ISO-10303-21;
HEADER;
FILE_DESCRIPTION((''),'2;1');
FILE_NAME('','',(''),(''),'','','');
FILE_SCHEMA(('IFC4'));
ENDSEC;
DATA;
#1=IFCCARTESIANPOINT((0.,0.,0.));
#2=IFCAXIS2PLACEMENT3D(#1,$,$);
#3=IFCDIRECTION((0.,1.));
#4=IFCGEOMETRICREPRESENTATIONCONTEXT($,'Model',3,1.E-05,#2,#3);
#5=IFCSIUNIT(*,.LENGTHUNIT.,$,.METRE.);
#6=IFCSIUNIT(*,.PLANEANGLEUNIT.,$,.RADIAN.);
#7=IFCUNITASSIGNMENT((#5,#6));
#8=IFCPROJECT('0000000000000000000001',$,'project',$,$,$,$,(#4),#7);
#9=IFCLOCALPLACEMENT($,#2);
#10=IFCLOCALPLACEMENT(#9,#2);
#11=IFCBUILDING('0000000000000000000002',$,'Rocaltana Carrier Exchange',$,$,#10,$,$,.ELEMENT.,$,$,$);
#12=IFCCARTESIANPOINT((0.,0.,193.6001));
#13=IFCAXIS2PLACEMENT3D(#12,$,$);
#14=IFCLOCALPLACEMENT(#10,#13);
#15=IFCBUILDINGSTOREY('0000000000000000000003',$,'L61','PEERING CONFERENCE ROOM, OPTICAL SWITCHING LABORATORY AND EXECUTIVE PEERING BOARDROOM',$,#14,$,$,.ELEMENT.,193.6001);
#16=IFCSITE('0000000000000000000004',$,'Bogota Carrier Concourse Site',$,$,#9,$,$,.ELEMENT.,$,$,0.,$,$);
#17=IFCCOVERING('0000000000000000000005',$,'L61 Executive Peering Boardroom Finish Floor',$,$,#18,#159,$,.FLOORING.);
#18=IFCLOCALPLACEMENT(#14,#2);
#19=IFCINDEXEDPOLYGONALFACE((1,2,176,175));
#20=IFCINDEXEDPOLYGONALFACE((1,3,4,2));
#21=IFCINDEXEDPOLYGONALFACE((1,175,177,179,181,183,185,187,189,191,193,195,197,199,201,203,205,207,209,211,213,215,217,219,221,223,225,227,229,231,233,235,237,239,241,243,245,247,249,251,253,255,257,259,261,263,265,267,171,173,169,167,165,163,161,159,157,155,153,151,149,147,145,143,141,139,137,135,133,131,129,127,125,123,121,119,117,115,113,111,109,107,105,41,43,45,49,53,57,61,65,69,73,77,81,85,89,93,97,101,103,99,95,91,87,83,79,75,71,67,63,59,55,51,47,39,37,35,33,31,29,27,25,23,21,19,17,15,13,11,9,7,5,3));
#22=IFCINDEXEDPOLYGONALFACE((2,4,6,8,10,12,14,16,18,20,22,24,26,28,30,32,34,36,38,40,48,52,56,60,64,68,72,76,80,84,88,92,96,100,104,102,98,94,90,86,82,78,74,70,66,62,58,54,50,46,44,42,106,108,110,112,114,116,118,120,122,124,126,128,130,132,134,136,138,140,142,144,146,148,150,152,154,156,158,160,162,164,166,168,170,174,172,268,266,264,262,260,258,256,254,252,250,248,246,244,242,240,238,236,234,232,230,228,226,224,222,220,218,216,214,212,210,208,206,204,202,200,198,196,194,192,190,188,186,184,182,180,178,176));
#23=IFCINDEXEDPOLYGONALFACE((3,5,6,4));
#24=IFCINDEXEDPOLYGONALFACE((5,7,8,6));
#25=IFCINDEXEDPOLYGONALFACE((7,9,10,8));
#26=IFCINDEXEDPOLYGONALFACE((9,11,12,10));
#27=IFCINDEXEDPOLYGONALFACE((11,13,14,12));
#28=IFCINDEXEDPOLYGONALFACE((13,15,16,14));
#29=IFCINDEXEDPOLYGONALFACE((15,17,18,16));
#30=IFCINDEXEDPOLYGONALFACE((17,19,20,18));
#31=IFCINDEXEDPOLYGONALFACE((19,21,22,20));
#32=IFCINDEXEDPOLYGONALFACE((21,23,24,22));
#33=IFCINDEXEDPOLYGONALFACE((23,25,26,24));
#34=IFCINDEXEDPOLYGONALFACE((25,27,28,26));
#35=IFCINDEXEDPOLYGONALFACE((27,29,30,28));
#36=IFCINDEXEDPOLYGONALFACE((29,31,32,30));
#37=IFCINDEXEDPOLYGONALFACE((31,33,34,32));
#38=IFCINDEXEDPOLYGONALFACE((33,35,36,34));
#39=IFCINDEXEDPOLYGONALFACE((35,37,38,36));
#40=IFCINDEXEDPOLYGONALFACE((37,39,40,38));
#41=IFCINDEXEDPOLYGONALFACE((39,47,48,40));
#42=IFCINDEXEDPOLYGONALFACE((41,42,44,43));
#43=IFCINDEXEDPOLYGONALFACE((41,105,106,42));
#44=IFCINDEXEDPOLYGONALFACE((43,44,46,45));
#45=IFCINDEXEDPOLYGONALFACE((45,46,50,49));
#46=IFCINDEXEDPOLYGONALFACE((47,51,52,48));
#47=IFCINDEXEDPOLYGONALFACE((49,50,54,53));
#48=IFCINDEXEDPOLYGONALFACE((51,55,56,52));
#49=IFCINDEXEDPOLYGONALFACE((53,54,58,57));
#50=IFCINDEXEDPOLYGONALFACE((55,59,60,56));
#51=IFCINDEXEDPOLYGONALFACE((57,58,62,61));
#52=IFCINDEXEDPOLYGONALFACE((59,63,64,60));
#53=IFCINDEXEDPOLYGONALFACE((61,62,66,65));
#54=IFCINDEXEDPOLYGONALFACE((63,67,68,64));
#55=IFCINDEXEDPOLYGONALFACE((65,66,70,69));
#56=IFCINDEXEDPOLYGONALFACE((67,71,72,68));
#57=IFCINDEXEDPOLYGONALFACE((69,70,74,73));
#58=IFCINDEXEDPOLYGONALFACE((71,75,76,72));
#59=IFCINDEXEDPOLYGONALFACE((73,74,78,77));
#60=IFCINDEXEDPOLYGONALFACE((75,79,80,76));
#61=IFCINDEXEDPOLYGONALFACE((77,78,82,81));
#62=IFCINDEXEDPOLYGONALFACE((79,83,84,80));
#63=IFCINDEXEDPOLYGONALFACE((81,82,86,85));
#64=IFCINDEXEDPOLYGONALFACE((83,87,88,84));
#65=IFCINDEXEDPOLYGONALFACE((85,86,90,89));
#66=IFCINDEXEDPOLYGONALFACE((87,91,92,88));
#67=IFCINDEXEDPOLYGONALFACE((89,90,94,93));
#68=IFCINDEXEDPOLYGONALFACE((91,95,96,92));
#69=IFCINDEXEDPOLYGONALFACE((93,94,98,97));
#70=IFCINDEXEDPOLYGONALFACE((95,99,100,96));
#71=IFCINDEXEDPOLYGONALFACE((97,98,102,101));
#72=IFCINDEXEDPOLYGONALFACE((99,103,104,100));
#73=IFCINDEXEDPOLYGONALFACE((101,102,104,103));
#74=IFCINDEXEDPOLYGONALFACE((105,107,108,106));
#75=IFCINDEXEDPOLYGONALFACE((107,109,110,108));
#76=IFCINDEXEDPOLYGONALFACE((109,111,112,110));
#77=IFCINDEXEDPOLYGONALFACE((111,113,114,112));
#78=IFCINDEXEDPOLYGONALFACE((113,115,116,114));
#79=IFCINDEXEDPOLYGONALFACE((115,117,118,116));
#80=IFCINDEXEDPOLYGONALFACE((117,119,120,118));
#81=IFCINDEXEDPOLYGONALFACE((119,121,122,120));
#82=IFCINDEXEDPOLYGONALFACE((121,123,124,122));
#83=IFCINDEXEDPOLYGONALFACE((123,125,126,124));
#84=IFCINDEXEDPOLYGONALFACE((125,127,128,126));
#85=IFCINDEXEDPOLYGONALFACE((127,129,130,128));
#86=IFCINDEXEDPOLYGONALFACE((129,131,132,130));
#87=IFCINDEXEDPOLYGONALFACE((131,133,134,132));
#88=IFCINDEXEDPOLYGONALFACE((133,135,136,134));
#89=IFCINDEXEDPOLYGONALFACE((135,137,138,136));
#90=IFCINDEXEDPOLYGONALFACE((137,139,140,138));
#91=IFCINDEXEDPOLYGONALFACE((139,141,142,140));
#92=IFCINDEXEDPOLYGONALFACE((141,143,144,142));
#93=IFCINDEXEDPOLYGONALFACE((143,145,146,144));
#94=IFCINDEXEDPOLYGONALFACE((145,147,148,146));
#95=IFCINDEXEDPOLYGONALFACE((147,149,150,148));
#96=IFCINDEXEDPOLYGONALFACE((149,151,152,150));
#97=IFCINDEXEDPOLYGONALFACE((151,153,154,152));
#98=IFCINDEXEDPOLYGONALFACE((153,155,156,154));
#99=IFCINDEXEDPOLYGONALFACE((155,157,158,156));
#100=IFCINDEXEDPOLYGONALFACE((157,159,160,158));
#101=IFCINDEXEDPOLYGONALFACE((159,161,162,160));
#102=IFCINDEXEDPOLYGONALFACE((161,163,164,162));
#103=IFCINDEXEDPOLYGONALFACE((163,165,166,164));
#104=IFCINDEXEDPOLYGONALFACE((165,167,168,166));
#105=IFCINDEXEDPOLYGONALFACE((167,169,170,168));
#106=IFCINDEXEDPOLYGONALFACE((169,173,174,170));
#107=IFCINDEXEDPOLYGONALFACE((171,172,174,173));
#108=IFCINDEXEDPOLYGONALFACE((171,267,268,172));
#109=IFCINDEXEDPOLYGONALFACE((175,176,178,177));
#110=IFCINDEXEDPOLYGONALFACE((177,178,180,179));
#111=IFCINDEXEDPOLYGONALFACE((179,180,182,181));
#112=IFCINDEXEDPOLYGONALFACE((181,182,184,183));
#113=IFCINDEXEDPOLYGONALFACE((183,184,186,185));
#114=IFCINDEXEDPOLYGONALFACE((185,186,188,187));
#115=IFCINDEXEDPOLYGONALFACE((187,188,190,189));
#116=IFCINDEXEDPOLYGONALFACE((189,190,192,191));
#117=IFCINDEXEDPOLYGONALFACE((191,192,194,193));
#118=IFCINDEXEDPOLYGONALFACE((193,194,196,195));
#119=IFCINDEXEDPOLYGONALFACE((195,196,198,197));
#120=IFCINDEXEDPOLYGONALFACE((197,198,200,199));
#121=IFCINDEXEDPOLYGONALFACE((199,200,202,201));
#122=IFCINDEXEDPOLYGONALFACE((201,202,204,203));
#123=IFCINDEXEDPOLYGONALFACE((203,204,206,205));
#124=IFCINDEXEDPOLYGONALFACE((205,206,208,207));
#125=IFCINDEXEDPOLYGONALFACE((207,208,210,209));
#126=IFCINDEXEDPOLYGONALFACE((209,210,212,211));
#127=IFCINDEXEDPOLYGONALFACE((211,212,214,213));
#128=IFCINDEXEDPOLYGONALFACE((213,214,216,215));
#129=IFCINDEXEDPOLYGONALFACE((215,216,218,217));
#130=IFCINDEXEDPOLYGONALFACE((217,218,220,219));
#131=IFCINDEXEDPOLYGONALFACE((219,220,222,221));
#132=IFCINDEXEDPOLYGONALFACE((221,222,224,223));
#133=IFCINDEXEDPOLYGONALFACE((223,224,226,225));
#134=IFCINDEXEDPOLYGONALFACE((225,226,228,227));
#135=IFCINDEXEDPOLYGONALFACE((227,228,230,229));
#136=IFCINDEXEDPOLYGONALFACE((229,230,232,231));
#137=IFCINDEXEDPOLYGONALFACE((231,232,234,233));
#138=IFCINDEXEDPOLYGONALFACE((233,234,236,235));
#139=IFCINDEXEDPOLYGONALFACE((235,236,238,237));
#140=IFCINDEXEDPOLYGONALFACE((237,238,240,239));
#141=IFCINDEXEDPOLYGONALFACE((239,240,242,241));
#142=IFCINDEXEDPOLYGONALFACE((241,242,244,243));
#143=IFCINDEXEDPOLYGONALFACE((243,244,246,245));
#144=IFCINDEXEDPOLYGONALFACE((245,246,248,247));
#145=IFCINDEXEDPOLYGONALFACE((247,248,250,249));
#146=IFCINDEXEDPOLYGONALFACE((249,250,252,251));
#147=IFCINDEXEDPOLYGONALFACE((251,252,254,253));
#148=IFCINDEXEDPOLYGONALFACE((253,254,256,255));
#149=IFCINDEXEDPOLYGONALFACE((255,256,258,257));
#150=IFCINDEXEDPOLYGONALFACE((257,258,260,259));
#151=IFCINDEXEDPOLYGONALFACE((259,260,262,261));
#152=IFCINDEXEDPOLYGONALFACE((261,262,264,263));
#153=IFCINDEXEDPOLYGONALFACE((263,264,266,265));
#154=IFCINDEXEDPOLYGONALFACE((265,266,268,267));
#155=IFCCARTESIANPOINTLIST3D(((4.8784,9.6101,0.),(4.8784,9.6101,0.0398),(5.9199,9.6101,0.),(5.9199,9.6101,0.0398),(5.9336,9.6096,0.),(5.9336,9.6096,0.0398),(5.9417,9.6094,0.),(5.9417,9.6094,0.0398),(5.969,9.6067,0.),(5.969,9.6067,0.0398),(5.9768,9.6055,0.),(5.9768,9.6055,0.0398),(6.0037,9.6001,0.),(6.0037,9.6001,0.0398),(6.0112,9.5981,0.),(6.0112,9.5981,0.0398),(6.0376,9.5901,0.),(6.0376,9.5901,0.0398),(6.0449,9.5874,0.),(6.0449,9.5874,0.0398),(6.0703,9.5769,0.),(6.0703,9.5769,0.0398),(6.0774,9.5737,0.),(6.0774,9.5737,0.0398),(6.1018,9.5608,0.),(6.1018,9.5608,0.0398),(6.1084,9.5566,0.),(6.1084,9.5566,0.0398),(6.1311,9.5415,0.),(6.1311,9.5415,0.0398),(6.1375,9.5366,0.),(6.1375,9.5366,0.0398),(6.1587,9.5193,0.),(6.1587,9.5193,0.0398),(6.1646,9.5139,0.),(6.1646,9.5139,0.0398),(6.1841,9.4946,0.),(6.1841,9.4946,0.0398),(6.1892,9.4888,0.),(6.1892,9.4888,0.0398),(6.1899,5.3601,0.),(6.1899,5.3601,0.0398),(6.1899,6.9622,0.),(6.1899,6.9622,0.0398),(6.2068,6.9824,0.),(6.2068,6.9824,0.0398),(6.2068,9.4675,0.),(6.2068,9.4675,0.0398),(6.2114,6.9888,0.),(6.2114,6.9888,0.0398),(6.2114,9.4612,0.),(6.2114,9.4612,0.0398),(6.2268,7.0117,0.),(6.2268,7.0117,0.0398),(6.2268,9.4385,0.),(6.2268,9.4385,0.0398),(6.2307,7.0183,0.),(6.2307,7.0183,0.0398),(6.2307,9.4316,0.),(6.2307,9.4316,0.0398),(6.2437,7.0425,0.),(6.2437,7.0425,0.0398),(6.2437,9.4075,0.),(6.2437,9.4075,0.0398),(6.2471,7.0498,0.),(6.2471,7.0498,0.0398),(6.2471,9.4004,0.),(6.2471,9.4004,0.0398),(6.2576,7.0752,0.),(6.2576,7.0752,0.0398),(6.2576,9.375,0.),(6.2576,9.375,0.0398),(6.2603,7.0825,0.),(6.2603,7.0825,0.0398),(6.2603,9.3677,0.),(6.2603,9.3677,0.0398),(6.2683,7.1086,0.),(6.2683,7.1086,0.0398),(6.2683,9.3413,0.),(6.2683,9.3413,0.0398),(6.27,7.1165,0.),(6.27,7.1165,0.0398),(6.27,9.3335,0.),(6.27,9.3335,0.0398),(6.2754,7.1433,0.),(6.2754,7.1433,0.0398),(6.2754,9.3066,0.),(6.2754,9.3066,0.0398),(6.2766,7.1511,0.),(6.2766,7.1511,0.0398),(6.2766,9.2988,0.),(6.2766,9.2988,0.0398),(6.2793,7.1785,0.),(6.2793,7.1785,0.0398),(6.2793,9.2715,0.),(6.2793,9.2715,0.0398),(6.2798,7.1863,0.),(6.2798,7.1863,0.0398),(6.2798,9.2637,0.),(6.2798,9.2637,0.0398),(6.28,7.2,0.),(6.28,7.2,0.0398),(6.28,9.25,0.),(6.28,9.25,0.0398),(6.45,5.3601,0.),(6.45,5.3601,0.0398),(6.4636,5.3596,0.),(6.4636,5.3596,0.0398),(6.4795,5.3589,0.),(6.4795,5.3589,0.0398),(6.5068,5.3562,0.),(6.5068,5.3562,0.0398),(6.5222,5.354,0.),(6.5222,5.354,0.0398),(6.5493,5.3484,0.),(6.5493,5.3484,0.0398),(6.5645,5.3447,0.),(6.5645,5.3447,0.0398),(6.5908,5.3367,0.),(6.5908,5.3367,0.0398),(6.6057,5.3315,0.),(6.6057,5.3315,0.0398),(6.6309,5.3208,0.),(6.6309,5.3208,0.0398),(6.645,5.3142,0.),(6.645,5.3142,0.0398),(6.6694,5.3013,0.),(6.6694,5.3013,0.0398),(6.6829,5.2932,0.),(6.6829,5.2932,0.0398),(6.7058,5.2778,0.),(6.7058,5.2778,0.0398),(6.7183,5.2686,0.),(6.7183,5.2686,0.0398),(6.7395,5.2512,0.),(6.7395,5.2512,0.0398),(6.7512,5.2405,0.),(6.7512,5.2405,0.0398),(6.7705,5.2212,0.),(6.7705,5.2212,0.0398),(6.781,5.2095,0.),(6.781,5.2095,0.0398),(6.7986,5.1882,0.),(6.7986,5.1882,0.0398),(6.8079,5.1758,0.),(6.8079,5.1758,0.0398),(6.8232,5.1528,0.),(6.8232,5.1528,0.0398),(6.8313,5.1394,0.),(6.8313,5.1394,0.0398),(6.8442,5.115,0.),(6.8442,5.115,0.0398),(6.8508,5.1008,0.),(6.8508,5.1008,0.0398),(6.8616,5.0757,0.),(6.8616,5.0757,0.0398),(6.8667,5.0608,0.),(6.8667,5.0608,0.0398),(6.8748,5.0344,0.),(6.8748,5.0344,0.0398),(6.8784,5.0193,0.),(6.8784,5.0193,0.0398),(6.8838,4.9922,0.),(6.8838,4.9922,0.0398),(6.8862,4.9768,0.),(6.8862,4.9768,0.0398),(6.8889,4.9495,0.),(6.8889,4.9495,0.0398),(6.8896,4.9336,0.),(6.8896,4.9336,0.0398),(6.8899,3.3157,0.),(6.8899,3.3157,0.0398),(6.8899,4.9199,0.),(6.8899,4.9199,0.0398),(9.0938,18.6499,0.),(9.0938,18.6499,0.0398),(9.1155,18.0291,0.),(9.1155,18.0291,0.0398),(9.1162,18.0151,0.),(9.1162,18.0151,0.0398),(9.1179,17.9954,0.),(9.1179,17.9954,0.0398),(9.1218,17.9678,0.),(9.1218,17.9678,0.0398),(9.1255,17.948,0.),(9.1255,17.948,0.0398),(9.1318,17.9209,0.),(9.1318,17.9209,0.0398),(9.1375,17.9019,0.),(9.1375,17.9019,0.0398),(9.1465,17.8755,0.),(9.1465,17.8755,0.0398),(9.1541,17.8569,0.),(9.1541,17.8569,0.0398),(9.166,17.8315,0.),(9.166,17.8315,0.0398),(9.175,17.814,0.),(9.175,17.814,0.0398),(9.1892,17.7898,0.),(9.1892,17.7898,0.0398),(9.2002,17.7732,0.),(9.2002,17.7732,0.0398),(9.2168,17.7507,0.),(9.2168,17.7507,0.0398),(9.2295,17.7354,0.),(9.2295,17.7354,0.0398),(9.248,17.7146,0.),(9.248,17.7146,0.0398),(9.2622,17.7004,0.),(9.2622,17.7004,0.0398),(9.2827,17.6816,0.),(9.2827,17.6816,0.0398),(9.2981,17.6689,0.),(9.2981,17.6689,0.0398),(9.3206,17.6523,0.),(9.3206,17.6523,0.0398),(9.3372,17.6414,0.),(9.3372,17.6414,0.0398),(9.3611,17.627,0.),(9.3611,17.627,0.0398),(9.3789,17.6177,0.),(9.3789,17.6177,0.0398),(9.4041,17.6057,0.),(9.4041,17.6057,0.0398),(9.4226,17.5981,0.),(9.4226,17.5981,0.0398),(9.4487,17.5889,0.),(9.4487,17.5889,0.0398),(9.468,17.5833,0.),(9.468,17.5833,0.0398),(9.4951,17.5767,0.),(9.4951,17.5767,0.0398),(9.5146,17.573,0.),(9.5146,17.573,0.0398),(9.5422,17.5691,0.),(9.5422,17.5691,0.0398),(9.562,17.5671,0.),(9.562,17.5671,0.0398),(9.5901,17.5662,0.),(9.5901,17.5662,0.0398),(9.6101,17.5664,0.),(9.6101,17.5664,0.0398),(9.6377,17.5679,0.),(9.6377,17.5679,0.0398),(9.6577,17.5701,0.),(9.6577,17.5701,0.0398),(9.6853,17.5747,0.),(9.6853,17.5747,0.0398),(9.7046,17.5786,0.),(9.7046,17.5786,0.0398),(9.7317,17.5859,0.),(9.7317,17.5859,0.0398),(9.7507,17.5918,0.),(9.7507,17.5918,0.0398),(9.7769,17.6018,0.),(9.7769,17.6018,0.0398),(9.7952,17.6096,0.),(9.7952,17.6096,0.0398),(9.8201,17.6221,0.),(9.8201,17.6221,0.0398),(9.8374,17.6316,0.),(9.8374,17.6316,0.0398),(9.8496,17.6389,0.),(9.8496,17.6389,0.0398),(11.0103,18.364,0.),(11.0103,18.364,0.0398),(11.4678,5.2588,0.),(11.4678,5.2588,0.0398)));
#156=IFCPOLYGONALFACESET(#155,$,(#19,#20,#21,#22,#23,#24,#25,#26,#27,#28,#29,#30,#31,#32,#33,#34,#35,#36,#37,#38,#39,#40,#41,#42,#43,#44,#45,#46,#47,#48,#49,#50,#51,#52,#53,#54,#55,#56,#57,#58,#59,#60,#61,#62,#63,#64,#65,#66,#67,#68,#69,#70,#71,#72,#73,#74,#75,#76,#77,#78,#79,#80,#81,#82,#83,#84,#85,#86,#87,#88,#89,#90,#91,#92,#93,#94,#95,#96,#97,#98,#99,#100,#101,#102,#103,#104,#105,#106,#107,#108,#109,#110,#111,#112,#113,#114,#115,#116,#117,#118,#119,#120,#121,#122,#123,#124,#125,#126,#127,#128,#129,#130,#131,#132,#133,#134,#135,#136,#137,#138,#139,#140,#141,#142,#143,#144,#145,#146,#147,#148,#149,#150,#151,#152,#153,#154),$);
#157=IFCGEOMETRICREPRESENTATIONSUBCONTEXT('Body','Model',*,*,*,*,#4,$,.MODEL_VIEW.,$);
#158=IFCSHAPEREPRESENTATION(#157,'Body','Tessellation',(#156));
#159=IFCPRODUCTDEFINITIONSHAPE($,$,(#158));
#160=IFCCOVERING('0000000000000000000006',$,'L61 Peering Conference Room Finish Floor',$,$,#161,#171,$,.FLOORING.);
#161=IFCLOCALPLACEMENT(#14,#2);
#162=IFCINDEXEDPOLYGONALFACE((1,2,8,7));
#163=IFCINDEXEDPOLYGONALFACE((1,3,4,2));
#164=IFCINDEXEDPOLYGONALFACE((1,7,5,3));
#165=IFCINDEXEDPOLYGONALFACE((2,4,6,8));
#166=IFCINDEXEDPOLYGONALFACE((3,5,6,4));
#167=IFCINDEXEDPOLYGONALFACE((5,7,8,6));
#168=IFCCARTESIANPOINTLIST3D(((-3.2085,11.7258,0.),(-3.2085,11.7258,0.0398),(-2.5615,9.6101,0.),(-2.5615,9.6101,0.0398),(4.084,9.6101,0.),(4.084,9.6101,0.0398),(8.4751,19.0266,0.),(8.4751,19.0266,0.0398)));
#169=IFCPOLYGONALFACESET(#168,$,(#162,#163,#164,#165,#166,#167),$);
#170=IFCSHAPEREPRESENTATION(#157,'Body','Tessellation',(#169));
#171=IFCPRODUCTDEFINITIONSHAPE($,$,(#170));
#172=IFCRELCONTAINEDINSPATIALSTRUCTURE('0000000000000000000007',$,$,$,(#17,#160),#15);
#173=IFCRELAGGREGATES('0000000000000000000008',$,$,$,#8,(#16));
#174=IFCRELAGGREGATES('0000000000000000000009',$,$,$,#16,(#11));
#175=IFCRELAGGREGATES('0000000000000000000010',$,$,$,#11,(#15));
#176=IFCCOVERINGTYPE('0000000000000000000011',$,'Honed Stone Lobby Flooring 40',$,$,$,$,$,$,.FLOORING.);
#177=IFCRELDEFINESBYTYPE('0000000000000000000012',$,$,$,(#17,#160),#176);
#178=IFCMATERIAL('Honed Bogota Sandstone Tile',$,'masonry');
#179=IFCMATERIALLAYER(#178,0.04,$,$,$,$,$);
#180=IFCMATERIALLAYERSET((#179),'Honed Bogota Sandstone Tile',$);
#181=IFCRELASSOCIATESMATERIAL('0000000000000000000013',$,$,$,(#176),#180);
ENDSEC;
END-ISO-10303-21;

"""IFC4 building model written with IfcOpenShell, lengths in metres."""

from ifc_helpers import new_model, si_unit, direction, frame, origin, place, context, subcontext, project, spatial, polyline, outline, extrude, material, layer, layer_set, type_object, element, save


model = new_model("IFC4")

# Units and contexts
model_context = context("Model", 3, precision=1e-05, world=origin(), true_north=direction((0.0, 1.0)))
body_context = subcontext(model_context, "Body", "Model", "MODEL_VIEW")
ifc_project = project(units=[si_unit("LENGTHUNIT", "METRE"), si_unit("PLANEANGLEUNIT", "RADIAN")], contexts=[model_context])

# Site, building, storey
site_placement = place(None, origin())
site = spatial("IfcSite", under=ifc_project, at=site_placement, Name="Bogota Carrier Concourse Site", CompositionType="ELEMENT", RefElevation=0.0)
building_placement = place(site_placement, origin())
building = spatial("IfcBuilding", under=site, at=building_placement, Name="Rocaltana Carrier Exchange", CompositionType="ELEMENT")
storey_placement = place(building_placement, frame((0.0, 0.0, 193.6001)))
storey = spatial("IfcBuildingStorey", under=building, at=storey_placement, Name="L61", Description="PEERING CONFERENCE ROOM, OPTICAL SWITCHING LABORATORY AND EXECUTIVE PEERING BOARDROOM", CompositionType="ELEMENT", Elevation=193.6001)

# Coverings
ifc_material_1 = material(Name="Honed Bogota Sandstone Tile", Category="masonry")
ifc_layer_1 = layer(ifc_material_1, 0.04)
ifc_layer_set_1 = layer_set([ifc_layer_1], Name="Honed Bogota Sandstone Tile")
covering_type_1 = type_object("IfcCoveringType", Name="Honed Stone Lobby Flooring 40", PredefinedType="FLOORING", material=ifc_layer_set_1)
covering_1_placement = place(storey_placement, origin())
element("IfcCovering", 1, at=covering_1_placement, inside=storey, type_object=covering_type_1, Name="L61 Executive Peering Boardroom Finish Floor", PredefinedType="FLOORING", context=body_context, shape_type="SweptSolid", body=[
    extrude(outline(polyline([(6.1899, 6.9622), (6.2068, 6.9824), (6.2114, 6.9888), (6.2268, 7.0117), (6.2307, 7.0183), (6.2437, 7.0425), (6.2471, 7.0498), (6.2576, 7.0752), (6.2603, 7.0825), (6.2683, 7.1086), (6.27, 7.1165), (6.2754, 7.1433), (6.2766, 7.1511), (6.2793, 7.1785), (6.2798, 7.1863), (6.28, 7.2), (6.28, 9.25), (6.2798, 9.2637), (6.2793, 9.2715), (6.2766, 9.2988), (6.2754, 9.3066), (6.27, 9.3335), (6.2683, 9.3413), (6.2603, 9.3677), (6.2576, 9.375), (6.2471, 9.4004), (6.2437, 9.4075), (6.2307, 9.4316), (6.2268, 9.4385), (6.2114, 9.4612), (6.2068, 9.4675), (6.1892, 9.4888), (6.1841, 9.4946), (6.1646, 9.5139), (6.1587, 9.5193), (6.1375, 9.5366), (6.1311, 9.5415), (6.1084, 9.5566), (6.1018, 9.5608), (6.0774, 9.5737), (6.0703, 9.5769), (6.0449, 9.5874), (6.0376, 9.5901), (6.0112, 9.5981), (6.0037, 9.6001), (5.9768, 9.6055), (5.969, 9.6067), (5.9417, 9.6094), (5.9336, 9.6096), (5.9199, 9.6101), (4.8784, 9.6101), (9.0938, 18.6499), (9.1155, 18.0291), (9.1162, 18.0151), (9.1179, 17.9954), (9.1218, 17.9678), (9.1255, 17.948), (9.1318, 17.9209), (9.1375, 17.9019), (9.1465, 17.8755), (9.1541, 17.8569), (9.166, 17.8315), (9.175, 17.814), (9.1892, 17.7898), (9.2002, 17.7732), (9.2168, 17.7507), (9.2295, 17.7354), (9.248, 17.7146), (9.2622, 17.7004), (9.2827, 17.6816), (9.2981, 17.6689), (9.3206, 17.6523), (9.3372, 17.6414), (9.3611, 17.627), (9.3789, 17.6177), (9.4041, 17.6057), (9.4226, 17.5981), (9.4487, 17.5889), (9.468, 17.5833), (9.4951, 17.5767), (9.5146, 17.573), (9.5422, 17.5691), (9.562, 17.5671), (9.5901, 17.5662), (9.6101, 17.5664), (9.6377, 17.5679), (9.6577, 17.5701), (9.6853, 17.5747), (9.7046, 17.5786), (9.7317, 17.5859), (9.7507, 17.5918), (9.7769, 17.6018), (9.7952, 17.6096), (9.8201, 17.6221), (9.8374, 17.6316), (9.8496, 17.6389), (11.0103, 18.364), (11.4678, 5.2588), (6.8899, 3.3157), (6.8899, 4.9199), (6.8896, 4.9336), (6.8889, 4.9495), (6.8862, 4.9768), (6.8838, 4.9922), (6.8784, 5.0193), (6.8748, 5.0344), (6.8667, 5.0608), (6.8616, 5.0757), (6.8508, 5.1008), (6.8442, 5.115), (6.8313, 5.1394), (6.8232, 5.1528), (6.8079, 5.1758), (6.7986, 5.1882), (6.781, 5.2095), (6.7705, 5.2212), (6.7512, 5.2405), (6.7395, 5.2512), (6.7183, 5.2686), (6.7058, 5.2778), (6.6829, 5.2932), (6.6694, 5.3013), (6.645, 5.3142), (6.6309, 5.3208), (6.6057, 5.3315), (6.5908, 5.3367), (6.5645, 5.3447), (6.5493, 5.3484), (6.5222, 5.354), (6.5068, 5.3562), (6.4795, 5.3589), (6.4636, 5.3596), (6.45, 5.3601), (6.1899, 5.3601), (6.1899, 6.9622)])), origin(), (0.0, 0.0, 1.0), 0.0398),
])
covering_2_placement = place(storey_placement, origin())
element("IfcCovering", 2, at=covering_2_placement, inside=storey, type_object=covering_type_1, Name="L61 Peering Conference Room Finish Floor", PredefinedType="FLOORING", context=body_context, shape_type="SweptSolid", body=[
    extrude(outline(polyline([(8.4751, 19.0266), (4.084, 9.6101), (-2.5615, 9.6101), (-3.2085, 11.7258), (8.4751, 19.0266)])), origin(), (0.0, 0.0, 1.0), 0.0398),
])

save(model, "model.ifc")
